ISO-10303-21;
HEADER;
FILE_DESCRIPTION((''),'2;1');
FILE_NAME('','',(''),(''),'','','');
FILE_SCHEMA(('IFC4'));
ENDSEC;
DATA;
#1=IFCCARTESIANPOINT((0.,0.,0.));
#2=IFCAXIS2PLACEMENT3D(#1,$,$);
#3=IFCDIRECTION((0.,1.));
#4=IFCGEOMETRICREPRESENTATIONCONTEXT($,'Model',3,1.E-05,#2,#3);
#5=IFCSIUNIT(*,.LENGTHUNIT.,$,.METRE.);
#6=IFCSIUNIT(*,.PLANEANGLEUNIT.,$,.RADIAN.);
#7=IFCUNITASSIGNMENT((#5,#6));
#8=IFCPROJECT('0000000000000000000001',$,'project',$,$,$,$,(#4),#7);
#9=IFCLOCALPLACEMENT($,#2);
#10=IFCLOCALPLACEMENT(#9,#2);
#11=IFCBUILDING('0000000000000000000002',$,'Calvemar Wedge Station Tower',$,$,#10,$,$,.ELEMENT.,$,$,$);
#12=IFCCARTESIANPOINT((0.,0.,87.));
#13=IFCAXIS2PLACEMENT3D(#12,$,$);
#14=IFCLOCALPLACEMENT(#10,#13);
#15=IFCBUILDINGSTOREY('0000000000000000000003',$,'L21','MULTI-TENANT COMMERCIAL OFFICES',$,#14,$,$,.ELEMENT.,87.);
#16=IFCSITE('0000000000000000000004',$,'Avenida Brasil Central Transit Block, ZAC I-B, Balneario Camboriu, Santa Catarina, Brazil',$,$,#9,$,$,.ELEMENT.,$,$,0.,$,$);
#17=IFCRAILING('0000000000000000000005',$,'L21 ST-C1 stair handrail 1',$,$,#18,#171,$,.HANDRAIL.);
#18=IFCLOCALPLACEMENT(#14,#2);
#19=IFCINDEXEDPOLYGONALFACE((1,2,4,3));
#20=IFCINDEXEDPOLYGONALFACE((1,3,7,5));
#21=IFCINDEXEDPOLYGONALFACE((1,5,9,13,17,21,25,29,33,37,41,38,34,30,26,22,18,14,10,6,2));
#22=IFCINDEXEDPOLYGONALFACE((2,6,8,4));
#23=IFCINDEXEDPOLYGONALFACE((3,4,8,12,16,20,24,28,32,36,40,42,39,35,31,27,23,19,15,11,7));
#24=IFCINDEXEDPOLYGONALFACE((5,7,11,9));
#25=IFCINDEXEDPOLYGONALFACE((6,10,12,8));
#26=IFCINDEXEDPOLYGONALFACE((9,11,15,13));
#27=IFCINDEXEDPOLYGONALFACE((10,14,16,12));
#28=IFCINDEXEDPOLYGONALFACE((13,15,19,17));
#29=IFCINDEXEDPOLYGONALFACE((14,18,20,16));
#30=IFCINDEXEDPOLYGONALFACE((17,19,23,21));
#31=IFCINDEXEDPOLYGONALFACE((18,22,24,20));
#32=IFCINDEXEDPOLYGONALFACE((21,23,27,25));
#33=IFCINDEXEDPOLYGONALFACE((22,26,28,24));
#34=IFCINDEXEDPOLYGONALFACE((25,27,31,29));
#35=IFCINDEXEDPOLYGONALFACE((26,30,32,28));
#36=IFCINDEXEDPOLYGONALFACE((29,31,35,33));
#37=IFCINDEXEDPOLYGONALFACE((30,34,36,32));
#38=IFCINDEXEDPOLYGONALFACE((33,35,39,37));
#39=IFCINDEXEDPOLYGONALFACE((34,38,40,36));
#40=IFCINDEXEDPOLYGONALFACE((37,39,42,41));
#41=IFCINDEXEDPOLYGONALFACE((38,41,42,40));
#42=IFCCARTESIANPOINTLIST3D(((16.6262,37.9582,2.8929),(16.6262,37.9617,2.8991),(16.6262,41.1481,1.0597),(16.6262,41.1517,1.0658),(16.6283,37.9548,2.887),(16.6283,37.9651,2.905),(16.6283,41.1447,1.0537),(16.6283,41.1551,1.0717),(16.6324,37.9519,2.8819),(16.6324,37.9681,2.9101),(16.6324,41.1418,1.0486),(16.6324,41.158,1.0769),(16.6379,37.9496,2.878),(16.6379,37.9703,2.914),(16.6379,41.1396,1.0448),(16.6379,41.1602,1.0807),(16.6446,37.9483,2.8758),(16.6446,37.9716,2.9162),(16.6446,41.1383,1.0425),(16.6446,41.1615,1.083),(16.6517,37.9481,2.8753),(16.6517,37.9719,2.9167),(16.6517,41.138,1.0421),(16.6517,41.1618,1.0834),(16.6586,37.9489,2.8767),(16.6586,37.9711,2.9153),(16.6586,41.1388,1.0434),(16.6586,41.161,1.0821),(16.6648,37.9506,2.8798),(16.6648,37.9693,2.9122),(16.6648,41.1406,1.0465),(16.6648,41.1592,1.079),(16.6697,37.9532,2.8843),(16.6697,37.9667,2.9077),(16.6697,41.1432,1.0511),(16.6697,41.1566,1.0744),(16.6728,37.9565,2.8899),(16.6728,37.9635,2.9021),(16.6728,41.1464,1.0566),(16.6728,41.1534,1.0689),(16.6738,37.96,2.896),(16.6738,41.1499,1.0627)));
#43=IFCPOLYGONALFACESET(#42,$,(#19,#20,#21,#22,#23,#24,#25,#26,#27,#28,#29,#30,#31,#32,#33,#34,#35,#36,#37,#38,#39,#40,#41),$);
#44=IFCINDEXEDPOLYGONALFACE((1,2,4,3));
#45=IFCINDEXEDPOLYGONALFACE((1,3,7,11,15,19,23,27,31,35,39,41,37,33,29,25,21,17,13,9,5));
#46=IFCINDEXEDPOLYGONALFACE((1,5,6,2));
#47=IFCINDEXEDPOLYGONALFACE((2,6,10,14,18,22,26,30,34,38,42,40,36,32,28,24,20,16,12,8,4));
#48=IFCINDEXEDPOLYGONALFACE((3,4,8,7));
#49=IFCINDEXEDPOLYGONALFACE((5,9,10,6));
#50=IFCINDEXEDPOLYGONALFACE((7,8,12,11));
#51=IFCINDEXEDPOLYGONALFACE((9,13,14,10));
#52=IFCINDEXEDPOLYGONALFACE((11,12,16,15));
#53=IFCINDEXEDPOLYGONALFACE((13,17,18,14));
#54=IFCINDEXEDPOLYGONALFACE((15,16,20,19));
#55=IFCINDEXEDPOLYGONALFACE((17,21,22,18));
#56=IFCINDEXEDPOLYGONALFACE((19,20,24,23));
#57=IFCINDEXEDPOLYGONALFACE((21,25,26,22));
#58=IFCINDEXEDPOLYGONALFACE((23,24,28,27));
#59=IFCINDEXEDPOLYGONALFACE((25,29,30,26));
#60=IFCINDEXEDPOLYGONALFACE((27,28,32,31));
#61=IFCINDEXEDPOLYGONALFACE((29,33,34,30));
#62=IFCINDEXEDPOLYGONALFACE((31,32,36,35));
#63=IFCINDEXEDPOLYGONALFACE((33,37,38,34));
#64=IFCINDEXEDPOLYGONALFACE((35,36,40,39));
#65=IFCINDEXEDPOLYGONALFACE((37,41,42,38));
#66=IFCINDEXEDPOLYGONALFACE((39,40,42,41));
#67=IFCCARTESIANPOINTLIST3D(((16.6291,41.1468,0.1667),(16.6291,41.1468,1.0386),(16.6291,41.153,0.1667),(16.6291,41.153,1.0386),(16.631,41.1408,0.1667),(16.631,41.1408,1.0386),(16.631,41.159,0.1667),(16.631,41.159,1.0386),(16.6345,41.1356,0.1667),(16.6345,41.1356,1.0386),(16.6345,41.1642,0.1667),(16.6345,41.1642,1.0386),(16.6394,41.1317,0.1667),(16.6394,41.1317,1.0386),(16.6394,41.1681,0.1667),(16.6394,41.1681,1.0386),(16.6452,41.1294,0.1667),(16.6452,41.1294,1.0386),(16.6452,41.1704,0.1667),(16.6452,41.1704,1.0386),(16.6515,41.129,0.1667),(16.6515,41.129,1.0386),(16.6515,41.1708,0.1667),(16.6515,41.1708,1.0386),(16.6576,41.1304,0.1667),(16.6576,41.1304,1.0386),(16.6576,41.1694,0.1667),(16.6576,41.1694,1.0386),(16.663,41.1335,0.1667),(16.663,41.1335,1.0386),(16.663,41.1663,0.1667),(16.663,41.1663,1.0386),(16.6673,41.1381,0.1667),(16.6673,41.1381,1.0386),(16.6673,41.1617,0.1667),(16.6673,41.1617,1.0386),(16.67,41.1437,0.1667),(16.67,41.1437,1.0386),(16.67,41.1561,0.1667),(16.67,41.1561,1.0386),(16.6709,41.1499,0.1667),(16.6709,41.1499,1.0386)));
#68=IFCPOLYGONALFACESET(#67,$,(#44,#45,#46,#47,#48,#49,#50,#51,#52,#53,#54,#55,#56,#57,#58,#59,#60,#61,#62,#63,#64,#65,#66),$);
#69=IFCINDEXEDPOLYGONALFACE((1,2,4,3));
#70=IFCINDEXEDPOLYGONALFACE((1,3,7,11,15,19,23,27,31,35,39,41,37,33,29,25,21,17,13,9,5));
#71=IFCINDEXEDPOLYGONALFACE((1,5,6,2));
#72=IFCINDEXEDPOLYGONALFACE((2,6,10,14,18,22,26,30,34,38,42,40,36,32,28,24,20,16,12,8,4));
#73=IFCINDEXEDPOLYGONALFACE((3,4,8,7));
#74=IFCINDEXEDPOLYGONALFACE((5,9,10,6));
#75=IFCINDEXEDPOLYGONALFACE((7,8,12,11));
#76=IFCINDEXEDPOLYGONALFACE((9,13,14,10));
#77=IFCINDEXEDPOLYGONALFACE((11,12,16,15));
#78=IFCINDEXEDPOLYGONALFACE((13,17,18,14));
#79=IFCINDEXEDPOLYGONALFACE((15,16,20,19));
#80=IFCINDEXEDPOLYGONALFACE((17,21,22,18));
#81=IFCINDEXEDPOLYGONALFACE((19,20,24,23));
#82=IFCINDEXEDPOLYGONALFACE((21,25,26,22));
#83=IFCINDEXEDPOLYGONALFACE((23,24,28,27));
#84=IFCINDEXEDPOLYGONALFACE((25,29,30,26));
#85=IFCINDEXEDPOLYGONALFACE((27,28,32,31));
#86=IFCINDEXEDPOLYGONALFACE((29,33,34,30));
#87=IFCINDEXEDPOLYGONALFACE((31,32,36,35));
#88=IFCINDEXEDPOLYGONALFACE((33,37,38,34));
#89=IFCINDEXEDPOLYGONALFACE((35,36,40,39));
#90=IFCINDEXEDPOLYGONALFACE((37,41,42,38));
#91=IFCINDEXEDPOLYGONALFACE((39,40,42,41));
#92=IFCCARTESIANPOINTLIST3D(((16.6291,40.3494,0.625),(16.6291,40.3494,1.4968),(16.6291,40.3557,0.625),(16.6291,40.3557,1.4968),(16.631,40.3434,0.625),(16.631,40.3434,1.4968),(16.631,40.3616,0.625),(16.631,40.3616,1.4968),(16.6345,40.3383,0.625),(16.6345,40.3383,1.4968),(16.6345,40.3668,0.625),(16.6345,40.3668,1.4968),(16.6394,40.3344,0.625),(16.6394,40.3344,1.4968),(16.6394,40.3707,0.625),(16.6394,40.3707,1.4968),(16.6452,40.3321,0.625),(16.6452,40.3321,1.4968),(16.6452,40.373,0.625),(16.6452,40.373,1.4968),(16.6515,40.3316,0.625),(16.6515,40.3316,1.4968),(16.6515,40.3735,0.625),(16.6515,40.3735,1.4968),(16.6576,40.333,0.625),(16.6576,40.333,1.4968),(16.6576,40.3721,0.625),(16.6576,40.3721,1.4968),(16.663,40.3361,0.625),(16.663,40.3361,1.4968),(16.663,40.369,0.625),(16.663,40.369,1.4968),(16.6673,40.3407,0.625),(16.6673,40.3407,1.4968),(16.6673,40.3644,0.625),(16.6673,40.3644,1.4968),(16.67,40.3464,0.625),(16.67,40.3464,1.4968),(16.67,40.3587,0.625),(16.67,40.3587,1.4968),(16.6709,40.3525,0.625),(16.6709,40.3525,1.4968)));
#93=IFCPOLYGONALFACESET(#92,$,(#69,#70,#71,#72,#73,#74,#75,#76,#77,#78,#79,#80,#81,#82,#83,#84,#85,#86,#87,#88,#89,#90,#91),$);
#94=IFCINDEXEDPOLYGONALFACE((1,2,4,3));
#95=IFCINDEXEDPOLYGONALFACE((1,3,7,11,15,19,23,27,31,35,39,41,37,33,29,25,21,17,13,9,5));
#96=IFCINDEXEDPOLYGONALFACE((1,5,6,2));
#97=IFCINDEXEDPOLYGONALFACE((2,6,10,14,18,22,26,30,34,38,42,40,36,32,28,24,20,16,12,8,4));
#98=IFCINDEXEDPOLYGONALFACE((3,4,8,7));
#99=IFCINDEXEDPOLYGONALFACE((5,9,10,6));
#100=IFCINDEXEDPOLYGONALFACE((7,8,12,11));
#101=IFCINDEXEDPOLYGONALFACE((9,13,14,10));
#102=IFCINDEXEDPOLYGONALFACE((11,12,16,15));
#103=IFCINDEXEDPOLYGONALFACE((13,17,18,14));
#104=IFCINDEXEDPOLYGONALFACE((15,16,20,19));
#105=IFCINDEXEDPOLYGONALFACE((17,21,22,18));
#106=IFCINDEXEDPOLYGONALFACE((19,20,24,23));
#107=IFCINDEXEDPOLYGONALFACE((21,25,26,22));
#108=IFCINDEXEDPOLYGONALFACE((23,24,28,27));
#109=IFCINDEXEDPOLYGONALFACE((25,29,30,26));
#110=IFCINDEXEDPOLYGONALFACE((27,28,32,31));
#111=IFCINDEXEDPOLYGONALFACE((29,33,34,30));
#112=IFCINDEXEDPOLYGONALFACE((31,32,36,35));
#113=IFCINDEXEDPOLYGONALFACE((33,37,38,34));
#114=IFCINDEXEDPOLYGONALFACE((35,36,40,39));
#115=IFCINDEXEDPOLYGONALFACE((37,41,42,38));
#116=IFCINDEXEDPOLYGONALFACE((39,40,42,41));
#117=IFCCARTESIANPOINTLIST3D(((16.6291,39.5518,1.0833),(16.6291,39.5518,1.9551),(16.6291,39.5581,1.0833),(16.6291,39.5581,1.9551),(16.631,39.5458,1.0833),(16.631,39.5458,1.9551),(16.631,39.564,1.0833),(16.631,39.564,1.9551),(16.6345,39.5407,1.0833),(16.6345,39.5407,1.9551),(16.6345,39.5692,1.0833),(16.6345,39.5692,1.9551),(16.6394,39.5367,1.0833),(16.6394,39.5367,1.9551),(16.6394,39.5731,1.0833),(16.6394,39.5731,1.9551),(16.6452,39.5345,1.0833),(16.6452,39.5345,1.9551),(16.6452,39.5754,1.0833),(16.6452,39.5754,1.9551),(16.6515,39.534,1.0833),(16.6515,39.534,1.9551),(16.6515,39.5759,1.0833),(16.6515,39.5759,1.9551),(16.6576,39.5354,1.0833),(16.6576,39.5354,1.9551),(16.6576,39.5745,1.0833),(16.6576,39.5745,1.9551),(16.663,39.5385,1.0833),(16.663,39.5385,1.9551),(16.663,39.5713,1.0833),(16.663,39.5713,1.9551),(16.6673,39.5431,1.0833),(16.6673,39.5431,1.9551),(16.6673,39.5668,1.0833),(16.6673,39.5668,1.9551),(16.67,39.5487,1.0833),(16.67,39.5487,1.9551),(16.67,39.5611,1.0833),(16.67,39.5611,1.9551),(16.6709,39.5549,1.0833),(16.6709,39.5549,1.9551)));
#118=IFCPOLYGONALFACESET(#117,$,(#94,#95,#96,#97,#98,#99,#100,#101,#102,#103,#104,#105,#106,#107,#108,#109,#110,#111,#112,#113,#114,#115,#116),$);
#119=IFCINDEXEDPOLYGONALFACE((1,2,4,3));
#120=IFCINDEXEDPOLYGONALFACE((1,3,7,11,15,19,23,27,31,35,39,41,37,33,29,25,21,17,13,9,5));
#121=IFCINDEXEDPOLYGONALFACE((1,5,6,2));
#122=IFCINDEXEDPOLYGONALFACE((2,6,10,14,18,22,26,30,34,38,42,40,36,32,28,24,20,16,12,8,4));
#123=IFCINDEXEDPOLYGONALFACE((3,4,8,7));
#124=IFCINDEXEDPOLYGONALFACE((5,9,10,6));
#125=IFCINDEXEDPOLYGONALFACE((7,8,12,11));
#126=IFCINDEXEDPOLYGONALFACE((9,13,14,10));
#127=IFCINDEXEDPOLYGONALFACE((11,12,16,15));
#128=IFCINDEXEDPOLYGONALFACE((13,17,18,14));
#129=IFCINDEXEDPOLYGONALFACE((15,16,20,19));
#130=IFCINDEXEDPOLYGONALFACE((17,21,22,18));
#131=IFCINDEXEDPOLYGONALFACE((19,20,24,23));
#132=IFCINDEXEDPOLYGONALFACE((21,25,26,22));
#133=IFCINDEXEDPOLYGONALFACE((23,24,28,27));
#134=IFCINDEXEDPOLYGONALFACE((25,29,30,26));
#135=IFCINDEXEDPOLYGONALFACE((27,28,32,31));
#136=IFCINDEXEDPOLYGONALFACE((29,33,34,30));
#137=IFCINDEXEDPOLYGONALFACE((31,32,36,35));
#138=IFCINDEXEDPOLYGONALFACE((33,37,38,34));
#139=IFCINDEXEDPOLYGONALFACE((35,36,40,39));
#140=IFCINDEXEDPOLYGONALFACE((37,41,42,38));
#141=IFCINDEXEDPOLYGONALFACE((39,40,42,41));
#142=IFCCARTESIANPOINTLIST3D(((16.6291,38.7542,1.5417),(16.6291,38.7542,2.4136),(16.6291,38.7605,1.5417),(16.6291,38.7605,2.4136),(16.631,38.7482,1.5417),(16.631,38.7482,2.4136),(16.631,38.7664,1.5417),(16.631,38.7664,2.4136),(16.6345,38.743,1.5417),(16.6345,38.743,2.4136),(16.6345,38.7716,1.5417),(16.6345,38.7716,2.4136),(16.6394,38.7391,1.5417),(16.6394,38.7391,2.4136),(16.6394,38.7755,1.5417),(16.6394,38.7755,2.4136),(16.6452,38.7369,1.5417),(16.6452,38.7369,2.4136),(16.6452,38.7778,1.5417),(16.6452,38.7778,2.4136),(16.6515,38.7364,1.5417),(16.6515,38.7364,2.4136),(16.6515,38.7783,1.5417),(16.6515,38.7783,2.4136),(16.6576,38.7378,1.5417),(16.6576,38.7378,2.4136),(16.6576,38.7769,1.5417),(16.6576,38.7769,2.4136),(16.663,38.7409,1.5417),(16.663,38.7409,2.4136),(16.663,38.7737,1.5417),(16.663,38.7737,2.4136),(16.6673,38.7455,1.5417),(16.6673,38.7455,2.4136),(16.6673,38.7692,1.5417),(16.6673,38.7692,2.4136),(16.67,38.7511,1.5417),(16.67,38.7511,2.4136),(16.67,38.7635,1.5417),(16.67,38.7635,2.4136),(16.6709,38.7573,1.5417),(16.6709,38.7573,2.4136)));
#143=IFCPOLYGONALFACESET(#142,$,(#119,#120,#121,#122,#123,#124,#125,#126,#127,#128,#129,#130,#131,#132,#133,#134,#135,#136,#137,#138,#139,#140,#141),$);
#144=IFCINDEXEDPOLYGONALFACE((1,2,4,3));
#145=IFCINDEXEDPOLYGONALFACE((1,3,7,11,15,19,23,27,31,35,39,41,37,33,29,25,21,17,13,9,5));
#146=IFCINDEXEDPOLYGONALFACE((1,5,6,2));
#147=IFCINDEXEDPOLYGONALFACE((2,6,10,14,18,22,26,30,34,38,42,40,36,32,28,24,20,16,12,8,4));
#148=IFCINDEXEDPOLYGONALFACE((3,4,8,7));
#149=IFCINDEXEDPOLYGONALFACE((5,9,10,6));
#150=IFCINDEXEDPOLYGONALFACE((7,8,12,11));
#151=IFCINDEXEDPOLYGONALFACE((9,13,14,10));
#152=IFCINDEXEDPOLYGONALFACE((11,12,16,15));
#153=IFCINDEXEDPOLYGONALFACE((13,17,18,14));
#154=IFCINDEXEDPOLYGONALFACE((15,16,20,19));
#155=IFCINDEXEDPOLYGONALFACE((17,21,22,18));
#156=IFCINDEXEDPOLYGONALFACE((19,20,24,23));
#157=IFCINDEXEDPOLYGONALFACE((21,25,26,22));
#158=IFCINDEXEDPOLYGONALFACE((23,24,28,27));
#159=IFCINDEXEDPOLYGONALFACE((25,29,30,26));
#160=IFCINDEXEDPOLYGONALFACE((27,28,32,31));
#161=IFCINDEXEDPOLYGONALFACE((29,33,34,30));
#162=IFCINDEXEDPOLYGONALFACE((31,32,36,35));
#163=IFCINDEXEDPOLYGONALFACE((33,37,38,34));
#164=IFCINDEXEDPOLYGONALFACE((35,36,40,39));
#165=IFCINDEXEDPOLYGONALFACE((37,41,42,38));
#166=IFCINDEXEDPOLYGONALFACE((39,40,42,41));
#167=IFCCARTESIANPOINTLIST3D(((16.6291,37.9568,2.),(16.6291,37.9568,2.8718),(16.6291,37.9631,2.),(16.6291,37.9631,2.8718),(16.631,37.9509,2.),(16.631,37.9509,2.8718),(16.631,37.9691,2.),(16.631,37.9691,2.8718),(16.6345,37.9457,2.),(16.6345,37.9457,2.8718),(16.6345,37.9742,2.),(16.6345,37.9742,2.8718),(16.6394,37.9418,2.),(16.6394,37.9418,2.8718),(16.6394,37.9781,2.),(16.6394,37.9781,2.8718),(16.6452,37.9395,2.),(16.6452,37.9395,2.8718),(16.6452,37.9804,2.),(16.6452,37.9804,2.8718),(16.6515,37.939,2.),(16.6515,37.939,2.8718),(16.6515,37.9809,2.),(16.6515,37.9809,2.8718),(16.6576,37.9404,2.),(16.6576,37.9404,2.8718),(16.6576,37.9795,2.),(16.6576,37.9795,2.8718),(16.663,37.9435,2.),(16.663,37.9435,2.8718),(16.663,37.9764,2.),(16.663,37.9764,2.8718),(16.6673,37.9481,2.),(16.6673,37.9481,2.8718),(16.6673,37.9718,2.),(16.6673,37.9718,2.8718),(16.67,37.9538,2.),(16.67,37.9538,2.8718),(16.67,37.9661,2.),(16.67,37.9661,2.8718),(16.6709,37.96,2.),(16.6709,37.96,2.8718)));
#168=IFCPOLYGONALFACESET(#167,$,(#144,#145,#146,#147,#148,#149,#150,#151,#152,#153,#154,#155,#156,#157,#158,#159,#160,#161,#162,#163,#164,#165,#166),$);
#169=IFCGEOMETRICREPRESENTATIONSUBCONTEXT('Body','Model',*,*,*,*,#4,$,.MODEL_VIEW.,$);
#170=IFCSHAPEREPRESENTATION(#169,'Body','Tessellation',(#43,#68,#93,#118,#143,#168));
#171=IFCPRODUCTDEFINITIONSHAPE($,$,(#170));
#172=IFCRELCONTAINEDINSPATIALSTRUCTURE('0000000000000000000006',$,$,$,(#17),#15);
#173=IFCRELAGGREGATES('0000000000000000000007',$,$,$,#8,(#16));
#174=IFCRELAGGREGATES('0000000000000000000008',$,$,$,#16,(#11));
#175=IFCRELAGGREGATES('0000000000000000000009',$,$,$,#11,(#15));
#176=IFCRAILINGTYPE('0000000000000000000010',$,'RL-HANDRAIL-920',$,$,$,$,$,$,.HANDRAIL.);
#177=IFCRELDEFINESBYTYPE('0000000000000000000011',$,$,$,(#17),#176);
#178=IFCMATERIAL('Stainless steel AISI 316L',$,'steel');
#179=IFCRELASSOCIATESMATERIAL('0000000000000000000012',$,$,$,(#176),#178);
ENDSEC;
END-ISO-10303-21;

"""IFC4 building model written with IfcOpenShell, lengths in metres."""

from ifc_helpers import new_model, si_unit, direction, frame, origin, origin_2d, place, context, subcontext, project, spatial, circle, extrude, material, type_object, element, save


model = new_model("IFC4")

# Units and contexts
model_context = context("Model", 3, precision=1e-05, world=origin(), true_north=direction((0.0, 1.0)))
body_context = subcontext(model_context, "Body", "Model", "MODEL_VIEW")
ifc_project = project(units=[si_unit("LENGTHUNIT", "METRE"), si_unit("PLANEANGLEUNIT", "RADIAN")], contexts=[model_context])

# Site, building, storey
site_placement = place(None, origin())
site = spatial("IfcSite", under=ifc_project, at=site_placement, Name="Avenida Brasil Central Transit Block, ZAC I-B, Balneario Camboriu, Santa Catarina, Brazil", CompositionType="ELEMENT", RefElevation=0.0)
building_placement = place(site_placement, origin())
building = spatial("IfcBuilding", under=site, at=building_placement, Name="Calvemar Wedge Station Tower", CompositionType="ELEMENT")
storey_placement = place(building_placement, frame((0.0, 0.0, 87.0)))
storey = spatial("IfcBuildingStorey", under=building, at=storey_placement, Name="L21", Description="MULTI-TENANT COMMERCIAL OFFICES", CompositionType="ELEMENT", Elevation=87.0)

# Railing
ifc_material_1 = material(Name="Stainless steel AISI 316L", Category="steel")
railing_type_1 = type_object("IfcRailingType", Name="RL-HANDRAIL-920", PredefinedType="HANDRAIL", material=ifc_material_1)
railing_1_placement = place(storey_placement, frame((16.6499, 41.1499, 0.1667)))
element("IfcRailing", 1, at=railing_1_placement, inside=storey, type_object=railing_type_1, Name="L21 ST-C1 stair handrail 1", PredefinedType="HANDRAIL", context=body_context, shape_type="SweptSolid", body=[
    extrude(circle(Radius=0.0239, at=origin_2d()), frame((0.0, 0.0, 0.896), z_axis=(0.0, -0.86702, 0.498274), x_axis=(1.0, 0.0, 0.0)), (0.0, 0.0, 1.0), 3.6792),
    extrude(circle(Radius=0.021, at=origin_2d()), origin(), (0.0, 0.0, 1.0), 0.8718),
    extrude(circle(Radius=0.021, at=origin_2d()), frame((0.0, -0.7974, 0.4583)), (0.0, 0.0, 1.0), 0.8718),
    extrude(circle(Radius=0.021, at=origin_2d()), frame((0.0, -1.595, 0.9165)), (0.0, 0.0, 1.0), 0.8718),
    extrude(circle(Radius=0.021, at=origin_2d()), frame((0.0, -2.3926, 1.375)), (0.0, 0.0, 1.0), 0.8718),
    extrude(circle(Radius=0.021, at=origin_2d()), frame((0.0, -3.1899, 1.8333)), (0.0, 0.0, 1.0), 0.8718),
])

save(model, "model.ifc")
